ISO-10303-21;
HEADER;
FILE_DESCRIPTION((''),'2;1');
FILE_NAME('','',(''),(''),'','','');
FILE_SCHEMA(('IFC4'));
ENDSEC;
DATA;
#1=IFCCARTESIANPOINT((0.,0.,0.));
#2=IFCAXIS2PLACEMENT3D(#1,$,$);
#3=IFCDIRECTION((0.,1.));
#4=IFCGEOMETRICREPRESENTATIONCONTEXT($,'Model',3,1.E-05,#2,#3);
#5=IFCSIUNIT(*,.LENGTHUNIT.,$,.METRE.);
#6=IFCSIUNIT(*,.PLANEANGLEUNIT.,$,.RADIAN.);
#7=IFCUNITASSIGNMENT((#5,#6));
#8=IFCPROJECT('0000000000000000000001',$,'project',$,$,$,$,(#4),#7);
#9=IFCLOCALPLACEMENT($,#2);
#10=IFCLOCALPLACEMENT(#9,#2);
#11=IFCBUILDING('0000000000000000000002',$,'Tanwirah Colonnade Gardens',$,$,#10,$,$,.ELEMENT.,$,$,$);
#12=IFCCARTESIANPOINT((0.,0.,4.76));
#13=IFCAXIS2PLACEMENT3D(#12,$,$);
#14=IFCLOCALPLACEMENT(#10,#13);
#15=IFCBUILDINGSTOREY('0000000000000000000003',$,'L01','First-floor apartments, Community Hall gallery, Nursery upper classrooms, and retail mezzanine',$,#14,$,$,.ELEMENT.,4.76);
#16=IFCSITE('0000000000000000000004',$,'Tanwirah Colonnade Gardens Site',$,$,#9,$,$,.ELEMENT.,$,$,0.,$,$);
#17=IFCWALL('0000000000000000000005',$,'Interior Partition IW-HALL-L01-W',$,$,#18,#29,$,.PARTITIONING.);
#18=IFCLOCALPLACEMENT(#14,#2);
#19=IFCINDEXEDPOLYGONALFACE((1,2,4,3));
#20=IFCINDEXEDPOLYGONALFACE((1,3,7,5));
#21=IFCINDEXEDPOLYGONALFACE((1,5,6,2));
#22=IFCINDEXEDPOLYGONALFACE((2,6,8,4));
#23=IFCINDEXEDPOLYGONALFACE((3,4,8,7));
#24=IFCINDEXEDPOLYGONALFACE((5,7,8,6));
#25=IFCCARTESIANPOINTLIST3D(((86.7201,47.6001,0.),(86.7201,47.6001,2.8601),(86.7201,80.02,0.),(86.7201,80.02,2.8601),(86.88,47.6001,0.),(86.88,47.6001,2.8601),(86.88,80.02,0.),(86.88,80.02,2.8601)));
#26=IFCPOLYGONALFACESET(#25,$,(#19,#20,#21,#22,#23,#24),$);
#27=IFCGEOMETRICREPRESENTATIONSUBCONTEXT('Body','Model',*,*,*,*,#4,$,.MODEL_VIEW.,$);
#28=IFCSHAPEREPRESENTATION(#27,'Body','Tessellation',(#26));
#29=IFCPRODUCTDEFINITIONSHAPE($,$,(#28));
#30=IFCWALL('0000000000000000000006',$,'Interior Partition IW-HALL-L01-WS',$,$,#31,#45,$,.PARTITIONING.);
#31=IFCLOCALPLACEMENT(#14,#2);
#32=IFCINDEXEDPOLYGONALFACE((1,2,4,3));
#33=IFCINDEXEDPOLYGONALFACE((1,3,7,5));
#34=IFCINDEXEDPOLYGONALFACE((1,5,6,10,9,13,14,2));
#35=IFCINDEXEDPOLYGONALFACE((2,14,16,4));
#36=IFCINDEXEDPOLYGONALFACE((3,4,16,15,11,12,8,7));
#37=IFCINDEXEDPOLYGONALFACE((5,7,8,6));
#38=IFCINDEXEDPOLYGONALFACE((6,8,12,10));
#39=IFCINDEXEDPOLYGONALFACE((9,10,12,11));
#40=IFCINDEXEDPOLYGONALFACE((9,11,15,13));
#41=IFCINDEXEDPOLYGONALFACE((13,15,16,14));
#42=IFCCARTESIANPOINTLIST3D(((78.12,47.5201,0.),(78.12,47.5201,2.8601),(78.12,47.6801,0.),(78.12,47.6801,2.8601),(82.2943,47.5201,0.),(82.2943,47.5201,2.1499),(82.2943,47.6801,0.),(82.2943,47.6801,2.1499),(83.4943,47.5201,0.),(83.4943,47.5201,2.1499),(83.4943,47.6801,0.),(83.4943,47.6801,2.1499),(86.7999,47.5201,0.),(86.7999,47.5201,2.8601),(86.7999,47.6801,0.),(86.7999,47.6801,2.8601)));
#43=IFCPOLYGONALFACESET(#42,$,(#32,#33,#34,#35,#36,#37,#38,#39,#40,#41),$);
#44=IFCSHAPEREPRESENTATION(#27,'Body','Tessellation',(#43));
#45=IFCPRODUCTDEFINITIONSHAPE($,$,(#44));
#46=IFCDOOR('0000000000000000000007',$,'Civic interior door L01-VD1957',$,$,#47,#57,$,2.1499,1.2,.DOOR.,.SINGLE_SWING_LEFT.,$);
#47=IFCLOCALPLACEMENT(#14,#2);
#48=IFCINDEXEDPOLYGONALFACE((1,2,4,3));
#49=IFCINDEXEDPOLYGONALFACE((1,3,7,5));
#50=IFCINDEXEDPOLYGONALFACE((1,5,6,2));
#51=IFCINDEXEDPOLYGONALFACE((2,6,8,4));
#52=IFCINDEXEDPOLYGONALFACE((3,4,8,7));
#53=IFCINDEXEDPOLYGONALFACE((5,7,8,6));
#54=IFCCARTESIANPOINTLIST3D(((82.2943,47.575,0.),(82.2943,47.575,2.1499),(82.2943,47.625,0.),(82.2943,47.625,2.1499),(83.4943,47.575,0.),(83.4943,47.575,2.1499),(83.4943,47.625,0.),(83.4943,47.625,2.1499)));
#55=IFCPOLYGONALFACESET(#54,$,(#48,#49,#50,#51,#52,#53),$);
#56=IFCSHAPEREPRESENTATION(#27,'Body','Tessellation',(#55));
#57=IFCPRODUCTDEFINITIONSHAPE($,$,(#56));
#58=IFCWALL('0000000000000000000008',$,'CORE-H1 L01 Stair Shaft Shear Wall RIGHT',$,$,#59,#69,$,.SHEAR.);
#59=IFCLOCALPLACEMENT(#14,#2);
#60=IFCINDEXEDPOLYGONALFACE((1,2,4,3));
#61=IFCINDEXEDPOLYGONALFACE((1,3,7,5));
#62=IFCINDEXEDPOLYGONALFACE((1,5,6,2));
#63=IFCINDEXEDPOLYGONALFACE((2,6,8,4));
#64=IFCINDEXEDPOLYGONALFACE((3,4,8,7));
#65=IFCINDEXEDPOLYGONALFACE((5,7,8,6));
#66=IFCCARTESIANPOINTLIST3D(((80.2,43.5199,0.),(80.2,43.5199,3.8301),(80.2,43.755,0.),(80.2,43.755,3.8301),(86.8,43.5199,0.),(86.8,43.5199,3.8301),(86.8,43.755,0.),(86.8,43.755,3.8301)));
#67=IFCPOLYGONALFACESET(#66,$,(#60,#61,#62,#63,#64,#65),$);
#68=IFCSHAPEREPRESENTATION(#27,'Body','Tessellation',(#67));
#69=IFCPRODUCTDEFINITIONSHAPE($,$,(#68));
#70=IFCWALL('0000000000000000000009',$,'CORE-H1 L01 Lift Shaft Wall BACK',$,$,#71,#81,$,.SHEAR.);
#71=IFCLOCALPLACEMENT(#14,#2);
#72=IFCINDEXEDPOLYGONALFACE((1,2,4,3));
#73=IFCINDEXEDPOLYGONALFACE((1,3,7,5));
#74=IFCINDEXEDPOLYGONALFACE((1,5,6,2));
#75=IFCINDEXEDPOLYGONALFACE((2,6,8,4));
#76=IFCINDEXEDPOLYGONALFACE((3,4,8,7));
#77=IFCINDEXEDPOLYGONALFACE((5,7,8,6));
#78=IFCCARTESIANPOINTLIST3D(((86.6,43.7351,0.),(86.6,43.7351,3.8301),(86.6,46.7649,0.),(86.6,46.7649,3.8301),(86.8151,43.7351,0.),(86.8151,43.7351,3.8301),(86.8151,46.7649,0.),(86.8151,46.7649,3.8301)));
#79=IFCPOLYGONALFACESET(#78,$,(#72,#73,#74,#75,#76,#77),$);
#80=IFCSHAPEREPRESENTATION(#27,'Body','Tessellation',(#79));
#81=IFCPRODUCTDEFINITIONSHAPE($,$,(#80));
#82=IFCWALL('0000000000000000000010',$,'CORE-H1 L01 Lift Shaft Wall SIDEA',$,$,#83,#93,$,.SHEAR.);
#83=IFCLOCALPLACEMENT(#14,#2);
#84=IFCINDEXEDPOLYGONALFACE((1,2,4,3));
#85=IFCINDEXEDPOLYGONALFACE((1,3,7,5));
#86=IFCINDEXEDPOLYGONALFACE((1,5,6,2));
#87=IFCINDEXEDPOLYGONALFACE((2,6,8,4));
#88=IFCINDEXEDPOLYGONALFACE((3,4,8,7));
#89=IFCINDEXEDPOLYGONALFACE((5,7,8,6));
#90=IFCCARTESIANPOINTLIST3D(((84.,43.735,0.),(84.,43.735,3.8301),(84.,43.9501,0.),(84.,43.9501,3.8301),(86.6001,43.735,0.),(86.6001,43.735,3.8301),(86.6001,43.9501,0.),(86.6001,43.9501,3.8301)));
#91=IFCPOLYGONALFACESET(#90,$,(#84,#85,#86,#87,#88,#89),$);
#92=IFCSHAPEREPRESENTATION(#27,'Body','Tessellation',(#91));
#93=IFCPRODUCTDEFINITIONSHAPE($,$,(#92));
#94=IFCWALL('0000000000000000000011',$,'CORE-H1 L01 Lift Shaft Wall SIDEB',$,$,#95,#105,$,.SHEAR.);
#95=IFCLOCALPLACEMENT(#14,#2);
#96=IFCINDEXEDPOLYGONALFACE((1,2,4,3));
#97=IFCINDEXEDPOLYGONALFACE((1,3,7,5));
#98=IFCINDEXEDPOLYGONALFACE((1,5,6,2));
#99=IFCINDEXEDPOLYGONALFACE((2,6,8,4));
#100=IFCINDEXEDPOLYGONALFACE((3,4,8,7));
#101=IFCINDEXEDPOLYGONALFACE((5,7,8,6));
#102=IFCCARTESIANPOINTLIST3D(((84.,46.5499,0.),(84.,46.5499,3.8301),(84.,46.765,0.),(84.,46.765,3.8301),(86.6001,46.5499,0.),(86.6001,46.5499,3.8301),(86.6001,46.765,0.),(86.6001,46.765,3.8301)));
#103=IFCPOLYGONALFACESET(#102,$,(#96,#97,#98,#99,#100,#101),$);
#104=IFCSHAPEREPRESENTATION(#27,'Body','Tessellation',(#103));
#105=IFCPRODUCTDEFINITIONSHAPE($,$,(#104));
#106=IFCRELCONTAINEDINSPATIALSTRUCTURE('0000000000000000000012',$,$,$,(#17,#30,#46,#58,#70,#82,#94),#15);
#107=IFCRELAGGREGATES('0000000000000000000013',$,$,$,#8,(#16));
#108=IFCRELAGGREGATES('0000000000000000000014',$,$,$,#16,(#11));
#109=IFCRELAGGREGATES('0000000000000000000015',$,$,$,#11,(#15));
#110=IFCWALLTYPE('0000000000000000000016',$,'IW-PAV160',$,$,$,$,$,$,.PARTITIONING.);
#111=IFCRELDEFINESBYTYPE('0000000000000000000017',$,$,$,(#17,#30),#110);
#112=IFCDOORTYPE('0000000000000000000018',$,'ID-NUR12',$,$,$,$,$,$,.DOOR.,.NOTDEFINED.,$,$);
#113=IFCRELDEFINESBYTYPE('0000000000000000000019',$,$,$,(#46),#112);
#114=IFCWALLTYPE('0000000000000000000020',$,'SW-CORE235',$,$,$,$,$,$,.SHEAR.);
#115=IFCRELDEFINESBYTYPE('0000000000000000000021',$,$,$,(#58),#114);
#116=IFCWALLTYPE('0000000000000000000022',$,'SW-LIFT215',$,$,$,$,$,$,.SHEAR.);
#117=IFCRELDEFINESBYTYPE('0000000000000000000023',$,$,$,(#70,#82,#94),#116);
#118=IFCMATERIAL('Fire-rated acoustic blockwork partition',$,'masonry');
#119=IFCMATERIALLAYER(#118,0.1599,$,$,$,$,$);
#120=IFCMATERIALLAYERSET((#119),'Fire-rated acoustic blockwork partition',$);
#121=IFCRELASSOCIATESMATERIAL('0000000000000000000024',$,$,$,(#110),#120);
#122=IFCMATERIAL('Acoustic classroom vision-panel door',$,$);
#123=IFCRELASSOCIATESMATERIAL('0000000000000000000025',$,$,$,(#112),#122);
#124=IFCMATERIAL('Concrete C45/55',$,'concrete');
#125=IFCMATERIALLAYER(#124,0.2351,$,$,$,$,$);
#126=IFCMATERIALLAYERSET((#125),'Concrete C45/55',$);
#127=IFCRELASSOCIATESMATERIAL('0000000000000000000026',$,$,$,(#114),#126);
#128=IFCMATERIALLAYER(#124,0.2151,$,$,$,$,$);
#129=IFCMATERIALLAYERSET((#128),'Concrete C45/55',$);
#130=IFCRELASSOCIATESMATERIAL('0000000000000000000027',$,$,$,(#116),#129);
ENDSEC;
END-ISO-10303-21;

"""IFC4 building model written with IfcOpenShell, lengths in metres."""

from ifc_helpers import new_model, si_unit, direction, frame, frame_2d, origin, place, context, subcontext, project, spatial, rectangle, extrude, material, layer, layer_set, type_object, element, fill, save


model = new_model("IFC4")

# Units and contexts
model_context = context("Model", 3, precision=1e-05, world=origin(), true_north=direction((0.0, 1.0)))
body_context = subcontext(model_context, "Body", "Model", "MODEL_VIEW")
ifc_project = project(units=[si_unit("LENGTHUNIT", "METRE"), si_unit("PLANEANGLEUNIT", "RADIAN")], contexts=[model_context])

# Site, building, storey
site_placement = place(None, origin())
site = spatial("IfcSite", under=ifc_project, at=site_placement, Name="Tanwirah Colonnade Gardens Site", CompositionType="ELEMENT", RefElevation=0.0)
building_placement = place(site_placement, origin())
building = spatial("IfcBuilding", under=site, at=building_placement, Name="Tanwirah Colonnade Gardens", CompositionType="ELEMENT")
storey_placement = place(building_placement, frame((0.0, 0.0, 4.76)))
storey = spatial("IfcBuildingStorey", under=building, at=storey_placement, Name="L01", Description="First-floor apartments, Community Hall gallery, Nursery upper classrooms, and retail mezzanine", CompositionType="ELEMENT", Elevation=4.76)

# Shared definitions
ifc_material_1 = material(Name="Concrete C45/55", Category="concrete")

# Wall
ifc_material_2 = material(Name="Fire-rated acoustic blockwork partition", Category="masonry")
ifc_layer_1 = layer(ifc_material_2, 0.1599)
ifc_layer_set_1 = layer_set([ifc_layer_1], Name="Fire-rated acoustic blockwork partition")
wall_type_1 = type_object("IfcWallType", Name="IW-PAV160", PredefinedType="PARTITIONING", material=ifc_layer_set_1)
wall_1_placement = place(storey_placement, frame((86.8, 47.6001, 0.0), z_axis=(0.0, 0.0, 1.0), x_axis=(0.0, 1.0, 0.0)))
element("IfcWall", 1, at=wall_1_placement, inside=storey, type_object=wall_type_1, Name="Interior Partition IW-HALL-L01-W", PredefinedType="PARTITIONING", context=body_context, shape_type="SweptSolid", body=[
    extrude(rectangle(XDim=32.4199, YDim=0.1599, at=frame_2d((16.21, 0.0))), origin(), (0.0, 0.0, 1.0), 2.8601),
])

# Wall, opening, door
wall_2_placement = place(storey_placement, frame((78.1201, 47.6001, 0.0), z_axis=(0.0, 0.0, 1.0), x_axis=(1.0, 0.0, 0.0)))
wall_2 = element("IfcWall", 2, at=wall_2_placement, inside=storey, type_object=wall_type_1, Name="Interior Partition IW-HALL-L01-WS", PredefinedType="PARTITIONING", context=body_context, shape_type="SweptSolid", body=[
    extrude(rectangle(XDim=8.6799, YDim=0.1599, at=frame_2d((4.3398, 0.0))), origin(), (0.0, 0.0, 1.0), 2.8601),
])
opening_1_placement = place(wall_2_placement, frame((4.1741, 0.0, 0.0)))
opening_1 = element("IfcOpeningElement", 3, at=opening_1_placement, cuts=wall_2, PredefinedType="OPENING", context=body_context, shape_type="SweptSolid", body=[
    extrude(rectangle(XDim=1.2, YDim=2.1499, at=frame_2d((0.6001, 1.075))), frame((0.0, 0.0898, 0.0), z_axis=(0.0, -1.0, 0.0), x_axis=(1.0, 0.0, 0.0)), (0.0, 0.0, 1.0), 0.1799),
])
ifc_material_3 = material(Name="Acoustic classroom vision-panel door")
door_type_1 = type_object("IfcDoorType", Name="ID-NUR12", OperationType="NOTDEFINED", PredefinedType="DOOR", material=ifc_material_3)
door_1_placement = place(opening_1_placement, origin())
door_1 = element("IfcDoor", 4, at=door_1_placement, inside=storey, type_object=door_type_1, Name="Civic interior door L01-VD1957", OperationType="SINGLE_SWING_LEFT", OverallHeight=2.1499, OverallWidth=1.2, PredefinedType="DOOR", context=body_context, shape_type="SweptSolid", body=[
    extrude(rectangle(XDim=1.2, YDim=2.1499, at=frame_2d((0.6001, 1.075))), frame((0.0, 0.0249, 0.0), z_axis=(0.0, -1.0, 0.0), x_axis=(1.0, 0.0, 0.0)), (0.0, 0.0, 1.0), 0.05),
])
fill(opening_1, door_1)

# Wall
ifc_layer_2 = layer(ifc_material_1, 0.2351)
ifc_layer_set_2 = layer_set([ifc_layer_2], Name="Concrete C45/55")
wall_type_2 = type_object("IfcWallType", Name="SW-CORE235", PredefinedType="SHEAR", material=ifc_layer_set_2)
wall_3_placement = place(storey_placement, frame((80.2, 43.6375, 0.0), z_axis=(0.0, 0.0, 1.0), x_axis=(1.0, 0.0, 0.0)))
element("IfcWall", 5, at=wall_3_placement, inside=storey, type_object=wall_type_2, Name="CORE-H1 L01 Stair Shaft Shear Wall RIGHT", PredefinedType="SHEAR", context=body_context, shape_type="SweptSolid", body=[
    extrude(rectangle(XDim=6.6001, YDim=0.2351, at=frame_2d((3.3, 0.0))), origin(), (0.0, 0.0, 1.0), 3.8301),
])

# Shared definitions
ifc_layer_3 = layer(ifc_material_1, 0.2151)
ifc_layer_set_3 = layer_set([ifc_layer_3], Name="Concrete C45/55")
wall_type_3 = type_object("IfcWallType", Name="SW-LIFT215", PredefinedType="SHEAR", material=ifc_layer_set_3)

# Walls
wall_4_placement = place(storey_placement, frame((86.7075, 43.7351, 0.0), z_axis=(0.0, 0.0, 1.0), x_axis=(0.0, 1.0, 0.0)))
element("IfcWall", 6, at=wall_4_placement, inside=storey, type_object=wall_type_3, Name="CORE-H1 L01 Lift Shaft Wall BACK", PredefinedType="SHEAR", context=body_context, shape_type="SweptSolid", body=[
    extrude(rectangle(XDim=3.0298, YDim=0.2151, at=frame_2d((1.5149, 0.0))), origin(), (0.0, 0.0, 1.0), 3.8301),
])
for number, where, z_axis, x_axis, name in (
    (7, (84.0, 43.8425, 0.0), (0.0, 0.0, 1.0), (1.0, 0.0, 0.0), "CORE-H1 L01 Lift Shaft Wall SIDEA"),
    (8, (84.0, 46.6575, 0.0), (0.0, 0.0, 1.0), (1.0, 0.0, 0.0), "CORE-H1 L01 Lift Shaft Wall SIDEB"),
):
    element("IfcWall", number, at=place(storey_placement, frame(where, z_axis=z_axis, x_axis=x_axis)), inside=storey, type_object=wall_type_3, Name=name, PredefinedType="SHEAR", context=body_context, shape_type="SweptSolid", body=[
        extrude(rectangle(XDim=2.6001, YDim=0.2151, at=frame_2d((1.3, 0.0))), origin(), (0.0, 0.0, 1.0), 3.8301),
    ])

save(model, "model.ifc")
